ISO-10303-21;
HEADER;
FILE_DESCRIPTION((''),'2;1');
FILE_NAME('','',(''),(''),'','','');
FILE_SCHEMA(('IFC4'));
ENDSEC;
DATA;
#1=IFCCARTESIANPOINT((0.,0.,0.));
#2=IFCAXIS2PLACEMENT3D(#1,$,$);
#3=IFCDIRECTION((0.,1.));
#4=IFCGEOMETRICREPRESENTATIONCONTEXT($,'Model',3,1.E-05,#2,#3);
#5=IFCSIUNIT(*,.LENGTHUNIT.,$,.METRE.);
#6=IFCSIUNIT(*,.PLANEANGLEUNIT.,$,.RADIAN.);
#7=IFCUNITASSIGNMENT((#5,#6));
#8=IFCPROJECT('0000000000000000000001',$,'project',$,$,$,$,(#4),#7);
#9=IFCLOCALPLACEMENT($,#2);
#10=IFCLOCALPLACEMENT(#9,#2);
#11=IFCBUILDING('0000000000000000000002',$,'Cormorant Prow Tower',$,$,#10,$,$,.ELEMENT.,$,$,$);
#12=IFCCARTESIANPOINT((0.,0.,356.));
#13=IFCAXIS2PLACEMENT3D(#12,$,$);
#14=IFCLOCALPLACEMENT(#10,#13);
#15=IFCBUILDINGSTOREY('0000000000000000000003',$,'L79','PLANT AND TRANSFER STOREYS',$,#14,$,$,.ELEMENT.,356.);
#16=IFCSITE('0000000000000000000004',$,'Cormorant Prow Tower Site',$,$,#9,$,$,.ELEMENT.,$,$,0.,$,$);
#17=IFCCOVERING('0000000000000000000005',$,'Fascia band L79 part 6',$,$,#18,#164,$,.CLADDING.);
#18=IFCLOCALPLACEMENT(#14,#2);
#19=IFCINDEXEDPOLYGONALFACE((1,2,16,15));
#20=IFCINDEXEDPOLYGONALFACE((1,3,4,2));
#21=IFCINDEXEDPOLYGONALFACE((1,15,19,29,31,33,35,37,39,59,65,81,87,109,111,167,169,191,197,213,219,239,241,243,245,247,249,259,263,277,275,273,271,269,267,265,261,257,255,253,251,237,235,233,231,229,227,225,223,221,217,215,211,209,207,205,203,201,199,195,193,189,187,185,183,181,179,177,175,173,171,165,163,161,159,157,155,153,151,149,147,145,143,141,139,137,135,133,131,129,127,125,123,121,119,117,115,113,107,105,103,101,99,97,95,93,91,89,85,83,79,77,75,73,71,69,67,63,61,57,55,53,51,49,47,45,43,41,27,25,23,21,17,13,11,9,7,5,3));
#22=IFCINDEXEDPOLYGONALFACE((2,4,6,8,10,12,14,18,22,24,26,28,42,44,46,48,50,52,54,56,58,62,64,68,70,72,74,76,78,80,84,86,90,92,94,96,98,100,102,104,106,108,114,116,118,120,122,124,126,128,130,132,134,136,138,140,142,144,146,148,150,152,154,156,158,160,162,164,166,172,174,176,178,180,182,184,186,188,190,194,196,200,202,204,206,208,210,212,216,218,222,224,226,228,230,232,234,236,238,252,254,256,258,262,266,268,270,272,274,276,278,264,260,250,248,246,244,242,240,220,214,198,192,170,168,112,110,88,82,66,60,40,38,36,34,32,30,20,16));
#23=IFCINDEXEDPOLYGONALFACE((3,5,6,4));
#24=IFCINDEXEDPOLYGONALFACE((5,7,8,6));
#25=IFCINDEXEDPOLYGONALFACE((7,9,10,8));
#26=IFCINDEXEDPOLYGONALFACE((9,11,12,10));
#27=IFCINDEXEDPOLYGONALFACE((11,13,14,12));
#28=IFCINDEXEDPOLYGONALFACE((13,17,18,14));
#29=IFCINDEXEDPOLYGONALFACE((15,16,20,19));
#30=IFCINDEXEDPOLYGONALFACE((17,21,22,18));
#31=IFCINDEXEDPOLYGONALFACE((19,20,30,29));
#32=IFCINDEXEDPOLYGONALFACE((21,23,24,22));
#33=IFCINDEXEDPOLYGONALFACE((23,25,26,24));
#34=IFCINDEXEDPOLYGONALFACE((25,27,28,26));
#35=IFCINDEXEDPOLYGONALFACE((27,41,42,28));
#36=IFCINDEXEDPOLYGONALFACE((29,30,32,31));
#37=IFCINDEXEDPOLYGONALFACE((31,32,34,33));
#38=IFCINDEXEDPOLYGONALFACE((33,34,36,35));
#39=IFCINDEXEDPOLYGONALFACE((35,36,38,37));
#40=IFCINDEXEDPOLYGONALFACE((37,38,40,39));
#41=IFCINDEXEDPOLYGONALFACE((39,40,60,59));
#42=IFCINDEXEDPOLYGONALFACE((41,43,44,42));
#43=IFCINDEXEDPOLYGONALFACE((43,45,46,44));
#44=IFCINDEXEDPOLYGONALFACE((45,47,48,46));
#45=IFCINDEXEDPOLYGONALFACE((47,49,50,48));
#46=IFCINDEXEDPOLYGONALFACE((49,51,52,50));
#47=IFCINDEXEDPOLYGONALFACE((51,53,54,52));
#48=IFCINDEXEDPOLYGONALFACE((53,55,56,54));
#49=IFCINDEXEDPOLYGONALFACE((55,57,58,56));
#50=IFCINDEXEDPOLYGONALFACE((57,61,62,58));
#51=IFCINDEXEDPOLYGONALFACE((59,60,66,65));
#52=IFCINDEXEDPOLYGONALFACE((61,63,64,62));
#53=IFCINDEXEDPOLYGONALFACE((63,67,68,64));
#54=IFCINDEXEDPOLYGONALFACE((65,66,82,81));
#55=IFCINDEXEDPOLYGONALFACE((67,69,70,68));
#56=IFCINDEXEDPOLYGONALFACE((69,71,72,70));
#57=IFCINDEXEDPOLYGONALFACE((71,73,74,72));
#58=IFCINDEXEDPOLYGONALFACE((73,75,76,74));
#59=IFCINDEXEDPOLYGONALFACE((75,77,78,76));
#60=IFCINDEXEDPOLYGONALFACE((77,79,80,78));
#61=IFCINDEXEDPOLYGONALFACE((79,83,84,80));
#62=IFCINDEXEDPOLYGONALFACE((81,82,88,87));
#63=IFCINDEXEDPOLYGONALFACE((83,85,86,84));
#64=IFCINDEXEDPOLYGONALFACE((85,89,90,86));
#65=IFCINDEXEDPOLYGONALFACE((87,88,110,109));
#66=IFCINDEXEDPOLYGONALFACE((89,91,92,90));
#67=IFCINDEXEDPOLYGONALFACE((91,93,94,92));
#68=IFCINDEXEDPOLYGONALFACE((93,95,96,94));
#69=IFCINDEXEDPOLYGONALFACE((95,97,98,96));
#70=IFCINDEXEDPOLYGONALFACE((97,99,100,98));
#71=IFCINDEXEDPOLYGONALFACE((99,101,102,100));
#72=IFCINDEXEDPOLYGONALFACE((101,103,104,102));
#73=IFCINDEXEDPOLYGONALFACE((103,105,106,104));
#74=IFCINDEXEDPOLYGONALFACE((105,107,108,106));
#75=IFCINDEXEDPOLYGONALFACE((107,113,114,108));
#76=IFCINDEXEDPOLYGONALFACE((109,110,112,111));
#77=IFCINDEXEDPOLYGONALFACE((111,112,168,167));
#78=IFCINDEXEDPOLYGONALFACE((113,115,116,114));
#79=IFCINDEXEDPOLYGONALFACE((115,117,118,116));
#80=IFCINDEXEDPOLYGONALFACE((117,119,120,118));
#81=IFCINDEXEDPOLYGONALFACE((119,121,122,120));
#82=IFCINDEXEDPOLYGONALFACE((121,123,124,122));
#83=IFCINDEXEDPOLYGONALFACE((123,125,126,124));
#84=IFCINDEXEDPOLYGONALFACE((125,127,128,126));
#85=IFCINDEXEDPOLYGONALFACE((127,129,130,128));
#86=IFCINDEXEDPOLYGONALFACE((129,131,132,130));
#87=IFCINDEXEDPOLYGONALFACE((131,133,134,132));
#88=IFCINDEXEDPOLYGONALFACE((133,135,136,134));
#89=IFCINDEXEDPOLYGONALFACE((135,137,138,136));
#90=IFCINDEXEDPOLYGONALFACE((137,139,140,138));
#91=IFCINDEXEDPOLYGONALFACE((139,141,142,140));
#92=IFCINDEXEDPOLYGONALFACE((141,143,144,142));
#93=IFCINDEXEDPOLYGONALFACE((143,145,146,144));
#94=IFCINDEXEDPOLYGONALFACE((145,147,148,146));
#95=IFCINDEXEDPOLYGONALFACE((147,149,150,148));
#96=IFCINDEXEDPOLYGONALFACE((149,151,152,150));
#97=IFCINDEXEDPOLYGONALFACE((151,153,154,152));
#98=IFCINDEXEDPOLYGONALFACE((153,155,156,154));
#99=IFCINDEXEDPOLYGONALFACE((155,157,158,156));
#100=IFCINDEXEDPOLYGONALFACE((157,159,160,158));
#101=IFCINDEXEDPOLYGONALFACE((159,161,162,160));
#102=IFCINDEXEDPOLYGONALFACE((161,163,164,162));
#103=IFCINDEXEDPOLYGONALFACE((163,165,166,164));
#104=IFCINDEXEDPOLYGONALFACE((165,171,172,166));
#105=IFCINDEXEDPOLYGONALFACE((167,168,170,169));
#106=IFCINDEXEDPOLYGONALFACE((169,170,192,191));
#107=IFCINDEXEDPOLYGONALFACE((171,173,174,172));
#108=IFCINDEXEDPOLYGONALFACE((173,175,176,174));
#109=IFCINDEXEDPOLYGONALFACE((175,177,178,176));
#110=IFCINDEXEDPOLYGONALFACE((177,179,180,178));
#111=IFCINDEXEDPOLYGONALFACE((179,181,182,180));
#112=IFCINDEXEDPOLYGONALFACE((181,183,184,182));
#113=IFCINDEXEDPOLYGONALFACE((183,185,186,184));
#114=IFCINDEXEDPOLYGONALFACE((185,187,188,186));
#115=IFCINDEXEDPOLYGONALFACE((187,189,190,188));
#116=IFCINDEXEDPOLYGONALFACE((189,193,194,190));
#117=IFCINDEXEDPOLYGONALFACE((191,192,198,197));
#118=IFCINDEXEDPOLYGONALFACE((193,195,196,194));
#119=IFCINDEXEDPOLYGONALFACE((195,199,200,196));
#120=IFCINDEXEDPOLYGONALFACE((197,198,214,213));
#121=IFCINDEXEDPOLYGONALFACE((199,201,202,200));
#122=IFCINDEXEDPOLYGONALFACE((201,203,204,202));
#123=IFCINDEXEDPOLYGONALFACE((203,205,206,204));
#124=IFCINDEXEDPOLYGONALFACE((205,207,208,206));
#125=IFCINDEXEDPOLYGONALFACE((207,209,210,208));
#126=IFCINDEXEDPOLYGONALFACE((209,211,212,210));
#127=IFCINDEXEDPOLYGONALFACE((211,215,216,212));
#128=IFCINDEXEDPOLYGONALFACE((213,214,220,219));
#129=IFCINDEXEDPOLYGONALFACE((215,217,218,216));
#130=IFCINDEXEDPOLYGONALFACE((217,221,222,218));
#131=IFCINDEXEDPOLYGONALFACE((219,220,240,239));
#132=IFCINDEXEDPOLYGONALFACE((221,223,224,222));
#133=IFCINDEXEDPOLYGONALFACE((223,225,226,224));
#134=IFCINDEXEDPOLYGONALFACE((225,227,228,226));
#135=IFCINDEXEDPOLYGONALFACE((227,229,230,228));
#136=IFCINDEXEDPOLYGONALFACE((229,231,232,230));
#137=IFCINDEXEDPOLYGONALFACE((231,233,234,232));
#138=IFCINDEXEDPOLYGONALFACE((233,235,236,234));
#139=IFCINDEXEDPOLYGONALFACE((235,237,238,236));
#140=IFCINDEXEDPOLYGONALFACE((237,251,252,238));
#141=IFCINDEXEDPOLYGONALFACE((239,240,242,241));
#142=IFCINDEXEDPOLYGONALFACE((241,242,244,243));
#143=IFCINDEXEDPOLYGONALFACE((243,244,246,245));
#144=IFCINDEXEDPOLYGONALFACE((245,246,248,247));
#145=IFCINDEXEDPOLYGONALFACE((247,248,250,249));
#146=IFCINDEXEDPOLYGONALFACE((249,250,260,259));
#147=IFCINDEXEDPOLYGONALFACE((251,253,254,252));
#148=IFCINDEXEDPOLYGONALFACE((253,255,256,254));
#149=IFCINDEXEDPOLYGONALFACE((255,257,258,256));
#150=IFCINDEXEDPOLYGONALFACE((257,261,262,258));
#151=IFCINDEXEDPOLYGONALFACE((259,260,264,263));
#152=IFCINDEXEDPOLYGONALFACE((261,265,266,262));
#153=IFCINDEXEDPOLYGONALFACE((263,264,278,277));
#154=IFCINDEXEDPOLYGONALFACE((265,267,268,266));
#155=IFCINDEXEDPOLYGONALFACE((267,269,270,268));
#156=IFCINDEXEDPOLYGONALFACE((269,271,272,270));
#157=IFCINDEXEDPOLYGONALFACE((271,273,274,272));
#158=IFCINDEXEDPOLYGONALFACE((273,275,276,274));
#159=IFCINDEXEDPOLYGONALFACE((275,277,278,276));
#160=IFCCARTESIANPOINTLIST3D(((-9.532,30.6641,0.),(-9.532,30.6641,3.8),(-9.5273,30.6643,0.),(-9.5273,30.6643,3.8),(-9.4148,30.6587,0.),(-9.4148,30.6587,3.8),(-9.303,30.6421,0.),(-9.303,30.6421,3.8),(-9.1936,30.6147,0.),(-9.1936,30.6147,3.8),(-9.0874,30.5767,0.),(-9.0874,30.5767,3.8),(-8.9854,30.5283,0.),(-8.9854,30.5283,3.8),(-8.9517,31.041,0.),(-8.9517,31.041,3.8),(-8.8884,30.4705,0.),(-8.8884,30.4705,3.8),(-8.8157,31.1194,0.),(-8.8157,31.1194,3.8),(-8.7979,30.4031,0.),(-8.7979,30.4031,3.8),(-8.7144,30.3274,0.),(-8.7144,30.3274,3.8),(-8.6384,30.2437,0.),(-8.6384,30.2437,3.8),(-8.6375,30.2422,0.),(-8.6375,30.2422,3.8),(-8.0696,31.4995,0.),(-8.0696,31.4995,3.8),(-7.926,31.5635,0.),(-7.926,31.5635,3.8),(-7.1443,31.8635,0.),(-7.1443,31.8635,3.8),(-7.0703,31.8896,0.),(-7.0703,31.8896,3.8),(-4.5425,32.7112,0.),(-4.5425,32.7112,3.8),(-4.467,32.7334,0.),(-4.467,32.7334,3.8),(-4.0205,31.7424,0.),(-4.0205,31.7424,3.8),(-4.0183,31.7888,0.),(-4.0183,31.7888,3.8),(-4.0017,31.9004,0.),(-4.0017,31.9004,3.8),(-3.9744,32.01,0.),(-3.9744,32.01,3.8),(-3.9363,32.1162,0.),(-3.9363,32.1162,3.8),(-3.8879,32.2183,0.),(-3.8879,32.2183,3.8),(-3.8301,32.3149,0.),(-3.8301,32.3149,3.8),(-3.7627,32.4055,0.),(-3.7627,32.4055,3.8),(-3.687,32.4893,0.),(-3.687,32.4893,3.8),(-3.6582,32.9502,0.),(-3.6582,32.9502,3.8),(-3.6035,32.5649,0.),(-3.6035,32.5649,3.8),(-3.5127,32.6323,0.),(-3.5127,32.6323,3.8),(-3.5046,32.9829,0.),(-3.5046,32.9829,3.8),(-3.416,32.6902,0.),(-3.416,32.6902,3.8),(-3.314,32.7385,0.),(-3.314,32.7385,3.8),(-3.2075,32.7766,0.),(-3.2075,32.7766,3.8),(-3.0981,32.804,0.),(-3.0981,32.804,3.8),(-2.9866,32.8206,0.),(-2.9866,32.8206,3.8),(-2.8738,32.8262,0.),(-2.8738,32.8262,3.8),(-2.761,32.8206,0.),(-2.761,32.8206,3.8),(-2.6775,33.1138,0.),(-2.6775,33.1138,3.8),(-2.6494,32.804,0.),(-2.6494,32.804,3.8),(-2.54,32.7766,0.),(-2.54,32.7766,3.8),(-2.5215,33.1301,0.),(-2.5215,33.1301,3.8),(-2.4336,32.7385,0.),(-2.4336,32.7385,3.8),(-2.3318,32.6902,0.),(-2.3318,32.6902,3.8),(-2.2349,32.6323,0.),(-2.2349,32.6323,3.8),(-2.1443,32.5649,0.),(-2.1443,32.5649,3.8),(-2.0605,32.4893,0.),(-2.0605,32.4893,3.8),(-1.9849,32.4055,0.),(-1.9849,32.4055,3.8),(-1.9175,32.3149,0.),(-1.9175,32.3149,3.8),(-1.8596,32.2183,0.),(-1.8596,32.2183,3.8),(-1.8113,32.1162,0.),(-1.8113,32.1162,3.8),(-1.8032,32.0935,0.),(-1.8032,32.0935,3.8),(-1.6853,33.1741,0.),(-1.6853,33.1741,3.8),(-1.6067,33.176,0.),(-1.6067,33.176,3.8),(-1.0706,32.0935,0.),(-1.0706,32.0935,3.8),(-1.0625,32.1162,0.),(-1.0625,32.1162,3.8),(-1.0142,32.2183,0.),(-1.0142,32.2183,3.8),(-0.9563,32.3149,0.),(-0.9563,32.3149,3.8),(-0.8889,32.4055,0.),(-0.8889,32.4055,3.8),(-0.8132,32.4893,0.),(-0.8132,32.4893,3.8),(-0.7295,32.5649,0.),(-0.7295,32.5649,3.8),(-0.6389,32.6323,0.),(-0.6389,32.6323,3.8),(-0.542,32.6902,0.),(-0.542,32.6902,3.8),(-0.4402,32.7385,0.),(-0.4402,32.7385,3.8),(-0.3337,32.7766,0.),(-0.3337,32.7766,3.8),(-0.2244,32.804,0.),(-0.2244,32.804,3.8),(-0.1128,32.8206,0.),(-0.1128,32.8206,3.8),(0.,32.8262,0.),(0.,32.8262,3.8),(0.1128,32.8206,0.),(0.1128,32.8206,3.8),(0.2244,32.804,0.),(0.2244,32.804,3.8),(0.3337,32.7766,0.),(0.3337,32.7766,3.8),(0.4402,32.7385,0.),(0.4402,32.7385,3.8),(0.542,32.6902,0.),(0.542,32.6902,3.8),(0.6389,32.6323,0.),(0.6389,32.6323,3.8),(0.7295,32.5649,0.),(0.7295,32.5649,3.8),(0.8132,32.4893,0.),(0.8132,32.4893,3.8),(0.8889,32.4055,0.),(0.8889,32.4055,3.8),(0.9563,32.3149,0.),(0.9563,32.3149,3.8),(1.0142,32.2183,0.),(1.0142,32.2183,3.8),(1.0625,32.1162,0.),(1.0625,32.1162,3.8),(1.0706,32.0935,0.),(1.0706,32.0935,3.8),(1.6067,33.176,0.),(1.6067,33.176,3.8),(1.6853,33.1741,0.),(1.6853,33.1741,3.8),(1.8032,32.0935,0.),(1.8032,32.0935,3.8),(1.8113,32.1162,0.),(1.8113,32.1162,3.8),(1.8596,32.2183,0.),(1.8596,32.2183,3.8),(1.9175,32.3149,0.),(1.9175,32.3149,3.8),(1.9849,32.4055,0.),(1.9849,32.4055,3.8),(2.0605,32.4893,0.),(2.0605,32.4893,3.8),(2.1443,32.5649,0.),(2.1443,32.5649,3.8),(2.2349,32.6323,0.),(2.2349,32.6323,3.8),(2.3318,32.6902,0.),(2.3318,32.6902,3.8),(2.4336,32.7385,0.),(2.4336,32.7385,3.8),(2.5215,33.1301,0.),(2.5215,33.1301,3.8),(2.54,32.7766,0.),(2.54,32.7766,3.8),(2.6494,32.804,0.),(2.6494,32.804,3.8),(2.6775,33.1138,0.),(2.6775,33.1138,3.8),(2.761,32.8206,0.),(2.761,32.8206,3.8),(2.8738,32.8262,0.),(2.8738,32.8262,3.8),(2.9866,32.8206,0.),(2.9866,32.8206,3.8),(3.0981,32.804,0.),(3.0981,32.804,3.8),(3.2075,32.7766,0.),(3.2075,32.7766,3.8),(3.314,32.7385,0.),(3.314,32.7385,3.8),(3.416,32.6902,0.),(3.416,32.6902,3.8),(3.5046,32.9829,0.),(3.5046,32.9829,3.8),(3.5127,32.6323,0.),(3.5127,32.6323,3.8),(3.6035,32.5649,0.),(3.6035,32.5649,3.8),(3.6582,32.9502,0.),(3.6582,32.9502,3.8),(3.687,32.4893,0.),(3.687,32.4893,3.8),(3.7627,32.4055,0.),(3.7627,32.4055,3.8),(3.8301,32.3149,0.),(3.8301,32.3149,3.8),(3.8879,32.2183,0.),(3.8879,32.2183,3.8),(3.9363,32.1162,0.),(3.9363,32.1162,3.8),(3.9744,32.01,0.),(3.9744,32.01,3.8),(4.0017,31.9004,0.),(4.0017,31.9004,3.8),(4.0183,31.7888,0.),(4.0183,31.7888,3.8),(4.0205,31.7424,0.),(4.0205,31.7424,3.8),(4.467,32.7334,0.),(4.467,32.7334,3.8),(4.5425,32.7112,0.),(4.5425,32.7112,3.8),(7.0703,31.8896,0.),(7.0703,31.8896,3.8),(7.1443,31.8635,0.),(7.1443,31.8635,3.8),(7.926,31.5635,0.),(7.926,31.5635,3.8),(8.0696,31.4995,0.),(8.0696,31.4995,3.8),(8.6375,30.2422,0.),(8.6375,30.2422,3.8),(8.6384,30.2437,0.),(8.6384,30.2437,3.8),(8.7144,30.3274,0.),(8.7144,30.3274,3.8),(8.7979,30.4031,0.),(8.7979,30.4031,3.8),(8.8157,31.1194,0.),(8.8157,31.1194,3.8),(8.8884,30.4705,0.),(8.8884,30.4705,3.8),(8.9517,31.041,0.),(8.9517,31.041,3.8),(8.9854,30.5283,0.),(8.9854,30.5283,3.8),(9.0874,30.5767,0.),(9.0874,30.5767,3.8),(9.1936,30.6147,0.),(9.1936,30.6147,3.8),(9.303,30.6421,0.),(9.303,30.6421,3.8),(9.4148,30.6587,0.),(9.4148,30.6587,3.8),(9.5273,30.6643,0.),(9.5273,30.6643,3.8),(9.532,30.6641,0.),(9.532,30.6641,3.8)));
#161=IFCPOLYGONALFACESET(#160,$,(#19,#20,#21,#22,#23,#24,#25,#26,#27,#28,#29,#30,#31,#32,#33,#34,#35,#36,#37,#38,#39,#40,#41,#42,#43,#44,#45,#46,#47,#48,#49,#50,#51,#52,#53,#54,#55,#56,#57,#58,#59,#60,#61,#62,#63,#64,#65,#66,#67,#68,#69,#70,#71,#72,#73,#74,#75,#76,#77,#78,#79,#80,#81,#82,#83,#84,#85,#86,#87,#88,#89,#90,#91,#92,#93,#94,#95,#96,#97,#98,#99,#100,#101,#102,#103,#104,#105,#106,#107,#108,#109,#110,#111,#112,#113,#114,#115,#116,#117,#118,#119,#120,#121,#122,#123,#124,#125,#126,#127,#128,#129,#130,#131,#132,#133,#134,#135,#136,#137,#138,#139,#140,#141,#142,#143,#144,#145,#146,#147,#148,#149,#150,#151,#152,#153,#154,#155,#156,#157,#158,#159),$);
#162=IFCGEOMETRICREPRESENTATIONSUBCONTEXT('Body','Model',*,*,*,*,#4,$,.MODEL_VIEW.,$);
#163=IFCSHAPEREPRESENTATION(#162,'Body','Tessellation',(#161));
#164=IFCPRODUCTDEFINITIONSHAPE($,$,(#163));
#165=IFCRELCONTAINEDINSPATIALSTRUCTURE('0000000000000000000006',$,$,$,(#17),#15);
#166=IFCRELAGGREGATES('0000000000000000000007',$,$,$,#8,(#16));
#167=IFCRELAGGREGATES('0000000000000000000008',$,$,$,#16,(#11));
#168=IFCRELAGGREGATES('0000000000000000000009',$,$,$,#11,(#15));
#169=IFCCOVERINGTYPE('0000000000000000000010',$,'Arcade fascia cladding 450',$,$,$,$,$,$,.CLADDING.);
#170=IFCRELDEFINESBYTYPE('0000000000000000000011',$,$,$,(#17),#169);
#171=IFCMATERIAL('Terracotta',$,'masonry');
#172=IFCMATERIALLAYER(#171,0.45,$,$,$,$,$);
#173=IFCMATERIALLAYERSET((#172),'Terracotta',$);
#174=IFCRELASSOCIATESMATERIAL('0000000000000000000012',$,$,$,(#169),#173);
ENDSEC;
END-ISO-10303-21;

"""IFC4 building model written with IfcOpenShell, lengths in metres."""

from ifc_helpers import new_model, si_unit, direction, frame, origin, place, context, subcontext, project, spatial, polyline, outline, extrude, material, layer, layer_set, type_object, element, save


model = new_model("IFC4")

# Units and contexts
model_context = context("Model", 3, precision=1e-05, world=origin(), true_north=direction((0.0, 1.0)))
body_context = subcontext(model_context, "Body", "Model", "MODEL_VIEW")
ifc_project = project(units=[si_unit("LENGTHUNIT", "METRE"), si_unit("PLANEANGLEUNIT", "RADIAN")], contexts=[model_context])

# Site, building, storey
site_placement = place(None, origin())
site = spatial("IfcSite", under=ifc_project, at=site_placement, Name="Cormorant Prow Tower Site", CompositionType="ELEMENT", RefElevation=0.0)
building_placement = place(site_placement, origin())
building = spatial("IfcBuilding", under=site, at=building_placement, Name="Cormorant Prow Tower", CompositionType="ELEMENT")
storey_placement = place(building_placement, frame((0.0, 0.0, 356.0)))
storey = spatial("IfcBuildingStorey", under=building, at=storey_placement, Name="L79", Description="PLANT AND TRANSFER STOREYS", CompositionType="ELEMENT", Elevation=356.0)

# Covering
ifc_material_1 = material(Name="Terracotta", Category="masonry")
ifc_layer_1 = layer(ifc_material_1, 0.45)
ifc_layer_set_1 = layer_set([ifc_layer_1], Name="Terracotta")
covering_type = type_object("IfcCoveringType", Name="Arcade fascia cladding 450", PredefinedType="CLADDING", material=ifc_layer_set_1)
covering_1_placement = place(storey_placement, origin())
element("IfcCovering", 1, at=covering_1_placement, inside=storey, type_object=covering_type, Name="Fascia band L79 part 6", PredefinedType="CLADDING", context=body_context, shape_type="SweptSolid", body=[
    extrude(outline(polyline([(-8.8157, 31.1194), (-8.0696, 31.4995), (-7.926, 31.5635), (-7.1443, 31.8635), (-7.0703, 31.8896), (-4.5425, 32.7112), (-4.467, 32.7334), (-3.6582, 32.9502), (-3.5046, 32.9829), (-2.6775, 33.1138), (-2.5215, 33.1301), (-1.6853, 33.1741), (-1.6067, 33.176), (1.6067, 33.176), (1.6853, 33.1741), (2.5215, 33.1301), (2.6775, 33.1138), (3.5046, 32.9829), (3.6582, 32.9502), (4.467, 32.7334), (4.5425, 32.7112), (7.0703, 31.8896), (7.1443, 31.8635), (7.926, 31.5635), (8.0696, 31.4995), (8.8157, 31.1194), (8.9517, 31.041), (9.532, 30.6641), (9.5273, 30.6643), (9.4148, 30.6587), (9.303, 30.6421), (9.1936, 30.6147), (9.0874, 30.5767), (8.9854, 30.5283), (8.8884, 30.4705), (8.7979, 30.4031), (8.7144, 30.3274), (8.6384, 30.2437), (8.6375, 30.2422), (4.0205, 31.7424), (4.0183, 31.7888), (4.0017, 31.9004), (3.9744, 32.01), (3.9363, 32.1162), (3.8879, 32.2183), (3.8301, 32.3149), (3.7627, 32.4055), (3.687, 32.4893), (3.6035, 32.5649), (3.5127, 32.6323), (3.416, 32.6902), (3.314, 32.7385), (3.2075, 32.7766), (3.0981, 32.804), (2.9866, 32.8206), (2.8738, 32.8262), (2.761, 32.8206), (2.6494, 32.804), (2.54, 32.7766), (2.4336, 32.7385), (2.3318, 32.6902), (2.2349, 32.6323), (2.1443, 32.5649), (2.0605, 32.4893), (1.9849, 32.4055), (1.9175, 32.3149), (1.8596, 32.2183), (1.8113, 32.1162), (1.8032, 32.0935), (1.0706, 32.0935), (1.0625, 32.1162), (1.0142, 32.2183), (0.9563, 32.3149), (0.8889, 32.4055), (0.8132, 32.4893), (0.7295, 32.5649), (0.6389, 32.6323), (0.542, 32.6902), (0.4402, 32.7385), (0.3337, 32.7766), (0.2244, 32.804), (0.1128, 32.8206), (0.0, 32.8262), (-0.1128, 32.8206), (-0.2244, 32.804), (-0.3337, 32.7766), (-0.4402, 32.7385), (-0.542, 32.6902), (-0.6389, 32.6323), (-0.7295, 32.5649), (-0.8132, 32.4893), (-0.8889, 32.4055), (-0.9563, 32.3149), (-1.0142, 32.2183), (-1.0625, 32.1162), (-1.0706, 32.0935), (-1.8032, 32.0935), (-1.8113, 32.1162), (-1.8596, 32.2183), (-1.9175, 32.3149), (-1.9849, 32.4055), (-2.0605, 32.4893), (-2.1443, 32.5649), (-2.2349, 32.6323), (-2.3318, 32.6902), (-2.4336, 32.7385), (-2.54, 32.7766), (-2.6494, 32.804), (-2.761, 32.8206), (-2.8738, 32.8262), (-2.9866, 32.8206), (-3.0981, 32.804), (-3.2075, 32.7766), (-3.314, 32.7385), (-3.416, 32.6902), (-3.5127, 32.6323), (-3.6035, 32.5649), (-3.687, 32.4893), (-3.7627, 32.4055), (-3.8301, 32.3149), (-3.8879, 32.2183), (-3.9363, 32.1162), (-3.9744, 32.01), (-4.0017, 31.9004), (-4.0183, 31.7888), (-4.0205, 31.7424), (-8.6375, 30.2422), (-8.6384, 30.2437), (-8.7144, 30.3274), (-8.7979, 30.4031), (-8.8884, 30.4705), (-8.9854, 30.5283), (-9.0874, 30.5767), (-9.1936, 30.6147), (-9.303, 30.6421), (-9.4148, 30.6587), (-9.5273, 30.6643), (-9.532, 30.6641), (-8.9517, 31.041), (-8.8157, 31.1194)])), origin(), (0.0, 0.0, 1.0), 3.8),
])

save(model, "model.ifc")
